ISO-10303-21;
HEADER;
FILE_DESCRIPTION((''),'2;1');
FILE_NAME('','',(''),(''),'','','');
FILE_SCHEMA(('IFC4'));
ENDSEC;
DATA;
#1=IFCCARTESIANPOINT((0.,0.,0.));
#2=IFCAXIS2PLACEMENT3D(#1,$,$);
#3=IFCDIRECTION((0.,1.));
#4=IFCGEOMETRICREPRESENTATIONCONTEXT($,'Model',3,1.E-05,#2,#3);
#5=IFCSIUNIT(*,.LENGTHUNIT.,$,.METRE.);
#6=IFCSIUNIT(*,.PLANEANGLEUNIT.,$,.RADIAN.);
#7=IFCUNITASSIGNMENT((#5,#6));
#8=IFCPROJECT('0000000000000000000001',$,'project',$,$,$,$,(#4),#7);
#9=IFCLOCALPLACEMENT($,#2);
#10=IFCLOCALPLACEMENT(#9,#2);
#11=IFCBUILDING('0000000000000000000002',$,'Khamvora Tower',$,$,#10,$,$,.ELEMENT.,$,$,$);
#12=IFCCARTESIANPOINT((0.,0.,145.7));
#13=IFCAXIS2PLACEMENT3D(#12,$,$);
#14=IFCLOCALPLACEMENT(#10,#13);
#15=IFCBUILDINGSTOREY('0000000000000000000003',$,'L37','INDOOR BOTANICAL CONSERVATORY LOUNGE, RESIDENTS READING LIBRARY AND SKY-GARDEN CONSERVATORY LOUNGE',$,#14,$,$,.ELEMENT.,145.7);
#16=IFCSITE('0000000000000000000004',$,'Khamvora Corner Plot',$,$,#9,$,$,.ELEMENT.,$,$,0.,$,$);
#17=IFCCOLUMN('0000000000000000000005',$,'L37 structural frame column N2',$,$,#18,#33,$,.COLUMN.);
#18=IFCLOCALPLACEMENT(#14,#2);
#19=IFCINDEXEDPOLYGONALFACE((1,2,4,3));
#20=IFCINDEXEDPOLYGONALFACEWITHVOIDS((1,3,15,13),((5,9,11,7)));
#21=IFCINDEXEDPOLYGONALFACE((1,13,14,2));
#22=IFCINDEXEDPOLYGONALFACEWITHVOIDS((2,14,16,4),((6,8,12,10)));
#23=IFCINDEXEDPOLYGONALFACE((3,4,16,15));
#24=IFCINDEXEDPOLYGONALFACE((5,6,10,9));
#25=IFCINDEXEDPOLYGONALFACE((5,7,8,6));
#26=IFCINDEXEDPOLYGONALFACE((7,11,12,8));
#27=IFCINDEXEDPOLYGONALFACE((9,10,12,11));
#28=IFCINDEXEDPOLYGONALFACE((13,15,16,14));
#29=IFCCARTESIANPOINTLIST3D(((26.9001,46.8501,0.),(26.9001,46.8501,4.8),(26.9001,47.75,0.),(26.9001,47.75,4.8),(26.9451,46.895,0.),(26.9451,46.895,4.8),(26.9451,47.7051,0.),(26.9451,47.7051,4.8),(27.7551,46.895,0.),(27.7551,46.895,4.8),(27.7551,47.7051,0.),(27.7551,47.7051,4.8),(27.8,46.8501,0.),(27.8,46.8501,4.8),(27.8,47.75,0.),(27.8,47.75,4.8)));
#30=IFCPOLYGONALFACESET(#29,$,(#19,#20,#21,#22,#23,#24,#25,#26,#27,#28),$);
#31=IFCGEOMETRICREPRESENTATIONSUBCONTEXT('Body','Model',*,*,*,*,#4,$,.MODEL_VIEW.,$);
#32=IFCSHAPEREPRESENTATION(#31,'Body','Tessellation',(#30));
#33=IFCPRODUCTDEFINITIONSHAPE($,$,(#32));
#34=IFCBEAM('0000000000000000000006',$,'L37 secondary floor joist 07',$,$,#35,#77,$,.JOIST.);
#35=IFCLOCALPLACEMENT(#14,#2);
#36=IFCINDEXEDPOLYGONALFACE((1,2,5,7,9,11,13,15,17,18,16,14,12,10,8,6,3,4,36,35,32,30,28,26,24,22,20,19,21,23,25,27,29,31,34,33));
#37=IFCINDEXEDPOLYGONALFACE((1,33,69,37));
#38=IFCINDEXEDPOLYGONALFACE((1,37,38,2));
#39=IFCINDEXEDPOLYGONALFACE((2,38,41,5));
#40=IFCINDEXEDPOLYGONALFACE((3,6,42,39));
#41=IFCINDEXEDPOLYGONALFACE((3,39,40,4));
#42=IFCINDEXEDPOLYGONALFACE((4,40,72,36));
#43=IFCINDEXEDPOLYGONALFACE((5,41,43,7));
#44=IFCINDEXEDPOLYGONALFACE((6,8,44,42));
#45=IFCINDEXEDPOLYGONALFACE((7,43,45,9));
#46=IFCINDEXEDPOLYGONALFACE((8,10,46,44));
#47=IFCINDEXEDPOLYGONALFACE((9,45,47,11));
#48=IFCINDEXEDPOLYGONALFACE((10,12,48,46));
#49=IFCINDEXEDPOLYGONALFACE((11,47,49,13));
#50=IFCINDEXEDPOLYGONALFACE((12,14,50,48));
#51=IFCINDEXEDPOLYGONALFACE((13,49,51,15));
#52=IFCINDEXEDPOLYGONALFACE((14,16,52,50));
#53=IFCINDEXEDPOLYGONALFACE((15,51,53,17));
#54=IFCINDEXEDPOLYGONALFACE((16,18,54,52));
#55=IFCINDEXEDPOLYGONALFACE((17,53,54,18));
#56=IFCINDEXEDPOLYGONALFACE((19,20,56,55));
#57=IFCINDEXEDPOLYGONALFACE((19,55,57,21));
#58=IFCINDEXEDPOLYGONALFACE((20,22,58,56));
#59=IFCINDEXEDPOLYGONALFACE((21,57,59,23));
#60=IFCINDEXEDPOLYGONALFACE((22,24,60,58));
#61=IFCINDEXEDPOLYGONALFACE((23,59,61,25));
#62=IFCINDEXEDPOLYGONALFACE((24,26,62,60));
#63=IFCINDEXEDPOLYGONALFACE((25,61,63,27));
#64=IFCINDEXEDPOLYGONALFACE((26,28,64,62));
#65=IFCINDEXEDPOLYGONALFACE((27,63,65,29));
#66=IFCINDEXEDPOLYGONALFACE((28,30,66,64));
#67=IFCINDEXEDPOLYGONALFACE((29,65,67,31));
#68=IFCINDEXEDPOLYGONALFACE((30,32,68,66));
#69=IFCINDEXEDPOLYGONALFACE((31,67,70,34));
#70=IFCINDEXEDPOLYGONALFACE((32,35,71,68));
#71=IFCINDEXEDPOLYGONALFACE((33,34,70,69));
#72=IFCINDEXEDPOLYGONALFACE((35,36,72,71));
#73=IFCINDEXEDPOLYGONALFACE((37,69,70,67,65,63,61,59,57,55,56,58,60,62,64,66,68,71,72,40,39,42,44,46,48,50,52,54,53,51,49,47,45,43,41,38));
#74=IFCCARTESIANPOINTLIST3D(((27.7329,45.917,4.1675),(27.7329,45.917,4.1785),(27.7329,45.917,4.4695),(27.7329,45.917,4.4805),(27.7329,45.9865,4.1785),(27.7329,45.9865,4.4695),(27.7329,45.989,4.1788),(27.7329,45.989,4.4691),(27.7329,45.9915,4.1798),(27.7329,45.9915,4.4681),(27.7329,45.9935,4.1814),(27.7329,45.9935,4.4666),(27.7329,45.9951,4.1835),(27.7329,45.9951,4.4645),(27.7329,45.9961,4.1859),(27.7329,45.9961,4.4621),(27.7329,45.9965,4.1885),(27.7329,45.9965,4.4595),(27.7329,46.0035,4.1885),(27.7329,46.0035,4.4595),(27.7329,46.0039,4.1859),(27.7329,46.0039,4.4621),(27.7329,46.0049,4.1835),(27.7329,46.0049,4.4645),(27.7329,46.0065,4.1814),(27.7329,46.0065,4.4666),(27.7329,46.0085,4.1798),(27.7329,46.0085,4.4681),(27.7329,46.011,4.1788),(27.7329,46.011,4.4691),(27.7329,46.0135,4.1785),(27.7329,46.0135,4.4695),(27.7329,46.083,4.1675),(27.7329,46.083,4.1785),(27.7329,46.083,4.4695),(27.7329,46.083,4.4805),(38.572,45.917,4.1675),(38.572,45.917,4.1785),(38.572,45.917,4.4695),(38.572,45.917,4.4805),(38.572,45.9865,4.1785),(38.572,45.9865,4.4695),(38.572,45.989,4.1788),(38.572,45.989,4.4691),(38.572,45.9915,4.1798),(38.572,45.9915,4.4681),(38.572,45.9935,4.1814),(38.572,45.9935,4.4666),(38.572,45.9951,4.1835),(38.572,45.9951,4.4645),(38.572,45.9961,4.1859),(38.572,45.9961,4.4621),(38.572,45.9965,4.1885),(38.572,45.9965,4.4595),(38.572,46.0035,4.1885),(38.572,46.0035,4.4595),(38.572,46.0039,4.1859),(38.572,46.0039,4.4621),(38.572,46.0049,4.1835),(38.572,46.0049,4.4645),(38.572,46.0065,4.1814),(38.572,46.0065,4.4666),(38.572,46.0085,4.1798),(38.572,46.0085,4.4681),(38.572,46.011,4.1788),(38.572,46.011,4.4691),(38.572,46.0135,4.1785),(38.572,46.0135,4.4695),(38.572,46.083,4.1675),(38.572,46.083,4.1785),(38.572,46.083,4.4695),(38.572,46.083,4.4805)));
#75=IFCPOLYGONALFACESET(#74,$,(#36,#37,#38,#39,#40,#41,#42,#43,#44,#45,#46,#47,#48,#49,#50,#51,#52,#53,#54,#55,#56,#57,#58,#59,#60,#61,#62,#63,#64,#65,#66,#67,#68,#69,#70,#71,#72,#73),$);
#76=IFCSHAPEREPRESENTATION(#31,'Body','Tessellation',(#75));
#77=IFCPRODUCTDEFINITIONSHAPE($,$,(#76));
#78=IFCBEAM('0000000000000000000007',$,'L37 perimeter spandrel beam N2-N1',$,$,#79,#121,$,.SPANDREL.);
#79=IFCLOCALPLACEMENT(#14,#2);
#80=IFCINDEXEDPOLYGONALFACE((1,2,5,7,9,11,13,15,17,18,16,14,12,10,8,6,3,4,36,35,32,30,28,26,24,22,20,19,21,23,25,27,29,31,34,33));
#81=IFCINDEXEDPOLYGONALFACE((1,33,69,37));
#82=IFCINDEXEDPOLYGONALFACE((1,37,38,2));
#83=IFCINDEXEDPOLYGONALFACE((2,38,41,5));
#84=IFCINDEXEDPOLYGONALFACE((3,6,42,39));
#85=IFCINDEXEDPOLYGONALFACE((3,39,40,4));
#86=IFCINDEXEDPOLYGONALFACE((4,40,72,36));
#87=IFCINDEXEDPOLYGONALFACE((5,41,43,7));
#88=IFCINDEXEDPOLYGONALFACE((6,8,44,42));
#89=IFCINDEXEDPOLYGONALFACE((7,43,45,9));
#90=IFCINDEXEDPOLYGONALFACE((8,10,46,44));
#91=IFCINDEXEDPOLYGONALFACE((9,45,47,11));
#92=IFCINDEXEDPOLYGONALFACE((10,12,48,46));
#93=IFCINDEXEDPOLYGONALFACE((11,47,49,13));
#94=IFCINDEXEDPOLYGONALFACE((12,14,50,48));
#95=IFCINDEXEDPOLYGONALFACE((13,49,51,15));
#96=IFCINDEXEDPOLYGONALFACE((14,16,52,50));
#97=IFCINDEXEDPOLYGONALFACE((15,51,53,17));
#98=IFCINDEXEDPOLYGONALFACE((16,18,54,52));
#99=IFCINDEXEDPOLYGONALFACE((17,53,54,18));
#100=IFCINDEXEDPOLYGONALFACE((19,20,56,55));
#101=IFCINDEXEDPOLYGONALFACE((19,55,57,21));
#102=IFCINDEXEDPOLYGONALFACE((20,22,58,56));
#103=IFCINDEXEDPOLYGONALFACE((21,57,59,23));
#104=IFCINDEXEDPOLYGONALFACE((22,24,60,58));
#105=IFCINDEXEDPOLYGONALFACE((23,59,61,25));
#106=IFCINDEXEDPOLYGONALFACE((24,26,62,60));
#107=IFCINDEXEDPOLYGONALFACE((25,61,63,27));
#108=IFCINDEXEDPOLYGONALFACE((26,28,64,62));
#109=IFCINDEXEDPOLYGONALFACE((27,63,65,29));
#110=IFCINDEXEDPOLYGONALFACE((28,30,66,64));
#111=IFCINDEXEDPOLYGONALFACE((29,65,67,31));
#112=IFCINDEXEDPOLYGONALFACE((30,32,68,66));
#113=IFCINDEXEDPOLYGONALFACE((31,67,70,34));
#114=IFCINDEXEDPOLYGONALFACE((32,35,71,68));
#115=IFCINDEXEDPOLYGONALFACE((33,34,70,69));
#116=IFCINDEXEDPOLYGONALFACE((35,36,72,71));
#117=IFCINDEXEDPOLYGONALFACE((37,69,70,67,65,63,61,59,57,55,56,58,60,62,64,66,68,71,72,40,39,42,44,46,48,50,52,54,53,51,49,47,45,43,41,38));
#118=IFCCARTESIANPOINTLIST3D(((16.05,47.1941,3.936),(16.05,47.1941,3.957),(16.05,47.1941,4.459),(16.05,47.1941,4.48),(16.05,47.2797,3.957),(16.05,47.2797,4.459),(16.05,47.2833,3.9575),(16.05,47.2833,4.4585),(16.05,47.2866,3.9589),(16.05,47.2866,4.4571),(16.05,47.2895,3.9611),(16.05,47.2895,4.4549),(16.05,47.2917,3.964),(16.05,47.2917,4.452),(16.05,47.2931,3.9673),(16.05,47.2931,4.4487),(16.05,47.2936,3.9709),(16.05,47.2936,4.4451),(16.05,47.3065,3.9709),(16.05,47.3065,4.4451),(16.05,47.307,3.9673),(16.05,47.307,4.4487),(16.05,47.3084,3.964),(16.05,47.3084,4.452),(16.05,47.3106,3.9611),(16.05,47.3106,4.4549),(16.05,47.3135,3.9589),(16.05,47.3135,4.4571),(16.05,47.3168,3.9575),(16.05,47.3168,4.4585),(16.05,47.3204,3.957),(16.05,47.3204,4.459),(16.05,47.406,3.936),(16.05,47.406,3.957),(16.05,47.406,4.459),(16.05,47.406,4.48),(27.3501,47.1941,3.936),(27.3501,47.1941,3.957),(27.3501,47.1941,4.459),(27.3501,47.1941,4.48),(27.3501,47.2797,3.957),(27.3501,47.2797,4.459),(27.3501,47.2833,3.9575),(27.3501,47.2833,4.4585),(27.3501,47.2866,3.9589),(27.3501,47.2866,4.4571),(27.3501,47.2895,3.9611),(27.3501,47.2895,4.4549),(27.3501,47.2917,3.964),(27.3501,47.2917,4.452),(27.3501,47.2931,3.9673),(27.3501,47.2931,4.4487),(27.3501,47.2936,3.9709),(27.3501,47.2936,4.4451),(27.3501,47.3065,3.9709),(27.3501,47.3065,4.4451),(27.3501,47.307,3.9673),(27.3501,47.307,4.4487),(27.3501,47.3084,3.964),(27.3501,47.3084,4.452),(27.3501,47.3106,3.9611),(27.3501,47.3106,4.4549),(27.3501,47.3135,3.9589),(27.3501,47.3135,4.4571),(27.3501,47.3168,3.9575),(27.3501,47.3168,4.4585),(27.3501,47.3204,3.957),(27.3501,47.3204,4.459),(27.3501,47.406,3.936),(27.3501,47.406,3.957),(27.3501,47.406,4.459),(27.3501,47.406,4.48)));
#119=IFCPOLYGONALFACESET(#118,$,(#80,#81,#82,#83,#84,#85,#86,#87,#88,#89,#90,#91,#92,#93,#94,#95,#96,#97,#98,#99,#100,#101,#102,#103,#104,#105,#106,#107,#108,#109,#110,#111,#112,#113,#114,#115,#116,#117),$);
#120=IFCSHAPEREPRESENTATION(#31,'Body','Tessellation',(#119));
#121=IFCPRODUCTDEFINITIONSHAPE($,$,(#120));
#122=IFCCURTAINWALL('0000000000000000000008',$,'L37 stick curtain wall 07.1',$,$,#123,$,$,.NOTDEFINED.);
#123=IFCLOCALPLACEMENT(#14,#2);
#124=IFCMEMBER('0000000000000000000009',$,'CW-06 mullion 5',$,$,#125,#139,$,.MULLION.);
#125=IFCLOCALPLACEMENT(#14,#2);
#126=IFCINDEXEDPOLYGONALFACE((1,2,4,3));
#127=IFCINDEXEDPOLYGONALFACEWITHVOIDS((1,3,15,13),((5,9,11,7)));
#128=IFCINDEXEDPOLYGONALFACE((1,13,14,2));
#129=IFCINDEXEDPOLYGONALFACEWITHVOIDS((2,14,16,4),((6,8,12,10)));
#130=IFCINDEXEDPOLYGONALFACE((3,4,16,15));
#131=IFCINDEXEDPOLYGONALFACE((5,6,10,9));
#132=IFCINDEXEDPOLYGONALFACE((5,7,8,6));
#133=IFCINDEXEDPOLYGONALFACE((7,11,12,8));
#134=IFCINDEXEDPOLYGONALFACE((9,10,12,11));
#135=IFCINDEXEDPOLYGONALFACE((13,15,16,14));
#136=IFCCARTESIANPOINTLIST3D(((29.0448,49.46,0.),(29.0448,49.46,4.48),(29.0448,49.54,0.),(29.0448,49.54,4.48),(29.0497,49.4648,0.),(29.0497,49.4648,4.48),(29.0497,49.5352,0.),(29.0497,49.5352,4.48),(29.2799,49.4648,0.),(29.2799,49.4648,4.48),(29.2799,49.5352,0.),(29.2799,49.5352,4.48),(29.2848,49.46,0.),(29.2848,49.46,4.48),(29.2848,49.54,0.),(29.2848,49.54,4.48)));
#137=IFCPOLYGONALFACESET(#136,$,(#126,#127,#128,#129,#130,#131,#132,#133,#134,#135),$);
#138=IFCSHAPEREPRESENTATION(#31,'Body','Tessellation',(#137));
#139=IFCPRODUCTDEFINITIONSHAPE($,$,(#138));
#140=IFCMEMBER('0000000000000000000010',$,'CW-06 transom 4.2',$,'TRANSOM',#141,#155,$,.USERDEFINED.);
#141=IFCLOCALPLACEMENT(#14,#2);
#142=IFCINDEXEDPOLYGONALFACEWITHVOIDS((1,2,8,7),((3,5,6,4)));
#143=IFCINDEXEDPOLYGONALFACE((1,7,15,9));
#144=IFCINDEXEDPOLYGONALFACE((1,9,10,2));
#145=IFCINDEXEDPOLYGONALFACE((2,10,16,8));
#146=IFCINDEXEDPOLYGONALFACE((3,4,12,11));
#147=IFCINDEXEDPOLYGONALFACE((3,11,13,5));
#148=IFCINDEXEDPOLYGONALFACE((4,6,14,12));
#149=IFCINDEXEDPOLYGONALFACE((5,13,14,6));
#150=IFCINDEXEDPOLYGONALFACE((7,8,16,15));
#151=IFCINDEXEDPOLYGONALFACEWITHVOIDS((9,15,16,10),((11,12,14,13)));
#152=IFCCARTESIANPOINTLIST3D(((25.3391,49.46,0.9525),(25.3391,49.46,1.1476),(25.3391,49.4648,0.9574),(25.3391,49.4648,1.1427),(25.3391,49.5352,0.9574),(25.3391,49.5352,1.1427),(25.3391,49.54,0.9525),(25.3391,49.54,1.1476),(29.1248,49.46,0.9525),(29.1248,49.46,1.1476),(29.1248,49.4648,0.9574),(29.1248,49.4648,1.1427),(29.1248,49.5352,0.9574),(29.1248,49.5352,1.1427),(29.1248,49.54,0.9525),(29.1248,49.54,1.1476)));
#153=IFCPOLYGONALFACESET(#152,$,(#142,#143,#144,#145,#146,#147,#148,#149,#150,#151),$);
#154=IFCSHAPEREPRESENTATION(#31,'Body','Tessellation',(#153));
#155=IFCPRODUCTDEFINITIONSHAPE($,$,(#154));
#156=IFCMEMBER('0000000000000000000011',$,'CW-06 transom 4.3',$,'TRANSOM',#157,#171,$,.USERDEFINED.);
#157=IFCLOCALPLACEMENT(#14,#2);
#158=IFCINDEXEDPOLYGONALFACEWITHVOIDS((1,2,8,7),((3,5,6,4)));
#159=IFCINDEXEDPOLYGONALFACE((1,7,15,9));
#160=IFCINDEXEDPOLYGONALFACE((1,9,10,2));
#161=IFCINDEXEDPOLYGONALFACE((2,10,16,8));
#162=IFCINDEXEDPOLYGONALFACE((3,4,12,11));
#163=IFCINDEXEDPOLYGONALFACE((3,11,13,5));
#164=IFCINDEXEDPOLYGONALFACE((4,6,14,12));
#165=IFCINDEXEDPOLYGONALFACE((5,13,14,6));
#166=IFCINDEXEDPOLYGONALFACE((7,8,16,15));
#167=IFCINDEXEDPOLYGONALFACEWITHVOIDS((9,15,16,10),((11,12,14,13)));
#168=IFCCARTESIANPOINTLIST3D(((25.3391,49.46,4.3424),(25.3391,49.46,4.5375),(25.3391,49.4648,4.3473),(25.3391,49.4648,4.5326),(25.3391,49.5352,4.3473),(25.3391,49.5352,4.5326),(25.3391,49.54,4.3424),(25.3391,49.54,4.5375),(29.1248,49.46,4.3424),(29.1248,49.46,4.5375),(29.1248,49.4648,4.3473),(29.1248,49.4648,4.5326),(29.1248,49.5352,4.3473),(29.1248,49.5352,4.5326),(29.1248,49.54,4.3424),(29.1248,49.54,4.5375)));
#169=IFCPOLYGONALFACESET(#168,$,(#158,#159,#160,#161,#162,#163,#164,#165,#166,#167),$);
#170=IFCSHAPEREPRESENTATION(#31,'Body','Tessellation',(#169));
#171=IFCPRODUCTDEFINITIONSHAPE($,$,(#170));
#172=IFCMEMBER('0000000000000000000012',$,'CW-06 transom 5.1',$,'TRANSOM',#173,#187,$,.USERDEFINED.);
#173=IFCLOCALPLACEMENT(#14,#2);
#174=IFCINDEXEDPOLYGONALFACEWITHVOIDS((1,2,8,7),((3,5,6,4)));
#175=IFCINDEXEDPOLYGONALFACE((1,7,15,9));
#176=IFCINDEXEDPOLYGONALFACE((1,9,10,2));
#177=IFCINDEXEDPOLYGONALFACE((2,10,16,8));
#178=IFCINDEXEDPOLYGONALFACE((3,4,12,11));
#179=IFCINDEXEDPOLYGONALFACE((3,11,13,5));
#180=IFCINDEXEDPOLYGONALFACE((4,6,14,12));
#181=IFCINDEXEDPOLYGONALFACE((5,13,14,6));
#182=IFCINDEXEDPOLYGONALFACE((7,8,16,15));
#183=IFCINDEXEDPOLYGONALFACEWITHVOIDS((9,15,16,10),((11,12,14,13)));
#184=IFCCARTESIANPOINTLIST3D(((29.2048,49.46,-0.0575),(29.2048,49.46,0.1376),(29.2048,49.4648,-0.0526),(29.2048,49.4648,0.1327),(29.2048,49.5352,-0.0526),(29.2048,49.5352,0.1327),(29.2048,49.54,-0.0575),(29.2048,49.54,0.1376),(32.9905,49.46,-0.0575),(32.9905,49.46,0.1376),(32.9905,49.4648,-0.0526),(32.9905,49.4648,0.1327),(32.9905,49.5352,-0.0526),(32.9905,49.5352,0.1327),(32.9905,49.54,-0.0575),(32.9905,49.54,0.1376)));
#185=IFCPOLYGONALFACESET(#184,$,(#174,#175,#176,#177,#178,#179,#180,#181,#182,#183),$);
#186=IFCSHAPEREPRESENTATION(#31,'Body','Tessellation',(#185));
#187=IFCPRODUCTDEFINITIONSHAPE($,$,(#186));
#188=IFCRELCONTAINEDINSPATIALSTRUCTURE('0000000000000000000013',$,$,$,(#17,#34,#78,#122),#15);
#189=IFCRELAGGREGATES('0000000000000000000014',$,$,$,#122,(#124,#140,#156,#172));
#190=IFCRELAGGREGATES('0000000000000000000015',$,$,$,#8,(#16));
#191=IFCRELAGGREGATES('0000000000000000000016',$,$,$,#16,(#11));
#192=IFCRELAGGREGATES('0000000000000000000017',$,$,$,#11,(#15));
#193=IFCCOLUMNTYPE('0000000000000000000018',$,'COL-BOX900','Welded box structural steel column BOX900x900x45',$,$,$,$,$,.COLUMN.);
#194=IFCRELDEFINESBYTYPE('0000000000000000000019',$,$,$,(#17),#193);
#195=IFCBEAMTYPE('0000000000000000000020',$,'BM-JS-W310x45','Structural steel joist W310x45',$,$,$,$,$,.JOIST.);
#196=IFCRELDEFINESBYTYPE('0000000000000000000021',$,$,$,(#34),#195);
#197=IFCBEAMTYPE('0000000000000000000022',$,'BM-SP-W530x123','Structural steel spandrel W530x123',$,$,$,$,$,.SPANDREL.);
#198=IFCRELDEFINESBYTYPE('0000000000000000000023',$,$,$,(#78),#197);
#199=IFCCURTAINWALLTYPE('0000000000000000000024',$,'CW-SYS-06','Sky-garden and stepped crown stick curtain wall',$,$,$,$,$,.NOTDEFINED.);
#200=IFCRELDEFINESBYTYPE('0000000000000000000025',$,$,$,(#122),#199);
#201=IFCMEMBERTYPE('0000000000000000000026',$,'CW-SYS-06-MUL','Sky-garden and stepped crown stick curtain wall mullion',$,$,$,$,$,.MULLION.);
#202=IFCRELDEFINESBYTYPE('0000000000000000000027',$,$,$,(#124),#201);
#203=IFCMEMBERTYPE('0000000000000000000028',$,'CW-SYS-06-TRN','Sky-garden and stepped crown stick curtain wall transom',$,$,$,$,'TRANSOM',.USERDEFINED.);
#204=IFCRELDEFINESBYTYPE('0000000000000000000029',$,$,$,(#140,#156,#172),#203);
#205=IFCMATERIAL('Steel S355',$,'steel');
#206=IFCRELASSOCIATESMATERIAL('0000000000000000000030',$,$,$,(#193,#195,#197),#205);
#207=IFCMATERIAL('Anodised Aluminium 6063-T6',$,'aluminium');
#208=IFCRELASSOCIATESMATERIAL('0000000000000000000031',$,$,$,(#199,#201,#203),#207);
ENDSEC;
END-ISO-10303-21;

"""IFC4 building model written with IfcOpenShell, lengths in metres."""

from ifc_helpers import new_model, si_unit, direction, frame, origin, origin_2d, place, context, subcontext, project, spatial, hollow_rectangle, i_section, extrude, material, material_profile, profile_set, type_object, element, aggregate, save


model = new_model("IFC4")

# Units and contexts
model_context = context("Model", 3, precision=1e-05, world=origin(), true_north=direction((0.0, 1.0)))
body_context = subcontext(model_context, "Body", "Model", "MODEL_VIEW")
ifc_project = project(units=[si_unit("LENGTHUNIT", "METRE"), si_unit("PLANEANGLEUNIT", "RADIAN")], contexts=[model_context])

# Site, building, storey
site_placement = place(None, origin())
site = spatial("IfcSite", under=ifc_project, at=site_placement, Name="Khamvora Corner Plot", CompositionType="ELEMENT", RefElevation=0.0)
building_placement = place(site_placement, origin())
building = spatial("IfcBuilding", under=site, at=building_placement, Name="Khamvora Tower", CompositionType="ELEMENT")
storey_placement = place(building_placement, frame((0.0, 0.0, 145.7)))
storey = spatial("IfcBuildingStorey", under=building, at=storey_placement, Name="L37", Description="INDOOR BOTANICAL CONSERVATORY LOUNGE, RESIDENTS READING LIBRARY AND SKY-GARDEN CONSERVATORY LOUNGE", CompositionType="ELEMENT", Elevation=145.7)

# Column
ifc_material_1 = material(Name="Steel S355", Category="steel")
ifc_material_profile_1 = material_profile(ifc_material_1, hollow_rectangle(XDim=0.8999, YDim=0.8999, WallThickness=0.0449, at=origin_2d()), Name="BOX900x900x45")
ifc_profile_set_1 = profile_set([ifc_material_profile_1], Name="Steel S355")
column_type = type_object("IfcColumnType", Name="COL-BOX900", Description="Welded box structural steel column BOX900x900x45", PredefinedType="COLUMN", material=ifc_profile_set_1)
column_placement = place(storey_placement, frame((27.3501, 47.3, 0.0), z_axis=(0.0, 0.0, 1.0), x_axis=(1.0, 0.0, 0.0)))
element("IfcColumn", 1, at=column_placement, inside=storey, type_object=column_type, Name="L37 structural frame column N2", PredefinedType="COLUMN", context=body_context, shape_type="SweptSolid", body=[
    extrude(hollow_rectangle(XDim=0.8999, YDim=0.8999, WallThickness=0.0449, at=origin_2d()), origin(), (0.0, 0.0, 1.0), 4.8),
])

# Beams
ifc_material_profile_2 = material_profile(ifc_material_1, i_section(OverallWidth=0.166, OverallDepth=0.313, WebThickness=0.0071, FlangeThickness=0.011, FilletRadius=0.01, at=origin_2d()), Name="W310x45")
ifc_profile_set_2 = profile_set([ifc_material_profile_2], Name="Steel S355")
beam_type_1 = type_object("IfcBeamType", Name="BM-JS-W310x45", Description="Structural steel joist W310x45", PredefinedType="JOIST", material=ifc_profile_set_2)
beam_1_placement = place(storey_placement, frame((27.7329, 46.0, 4.324), z_axis=(1.0, 0.0, 0.0), x_axis=(0.0, 1.0, 0.0)))
element("IfcBeam", 2, at=beam_1_placement, inside=storey, type_object=beam_type_1, Name="L37 secondary floor joist 07", PredefinedType="JOIST", context=body_context, shape_type="SweptSolid", body=[
    extrude(i_section(OverallWidth=0.166, OverallDepth=0.313, WebThickness=0.0071, FlangeThickness=0.011, FilletRadius=0.01, at=origin_2d()), origin(), (0.0, 0.0, 1.0), 10.8391),
])
ifc_material_profile_3 = material_profile(ifc_material_1, i_section(OverallWidth=0.2119, OverallDepth=0.5439, WebThickness=0.0129, FlangeThickness=0.021, FilletRadius=0.0139, at=origin_2d()), Name="W530x123")
ifc_profile_set_3 = profile_set([ifc_material_profile_3], Name="Steel S355")
beam_type_2 = type_object("IfcBeamType", Name="BM-SP-W530x123", Description="Structural steel spandrel W530x123", PredefinedType="SPANDREL", material=ifc_profile_set_3)
beam_2_placement = place(storey_placement, frame((27.3501, 47.3, 4.208), z_axis=(-1.0, 0.0, 0.0), x_axis=(0.0, -1.0, 0.0)))
element("IfcBeam", 3, at=beam_2_placement, inside=storey, type_object=beam_type_2, Name="L37 perimeter spandrel beam N2-N1", PredefinedType="SPANDREL", context=body_context, shape_type="SweptSolid", body=[
    extrude(i_section(OverallWidth=0.2119, OverallDepth=0.5439, WebThickness=0.0129, FlangeThickness=0.021, FilletRadius=0.0139, at=origin_2d()), origin(), (0.0, 0.0, 1.0), 11.3),
])

# Curtain wall, members
ifc_material_2 = material(Name="Anodised Aluminium 6063-T6", Category="aluminium")
curtain_wall_type = type_object("IfcCurtainWallType", Name="CW-SYS-06", Description="Sky-garden and stepped crown stick curtain wall", PredefinedType="NOTDEFINED", material=ifc_material_2)
curtain_wall_placement = place(storey_placement, origin())
curtain_wall = element("IfcCurtainWall", 4, at=curtain_wall_placement, inside=storey, type_object=curtain_wall_type, Name="L37 stick curtain wall 07.1", PredefinedType="NOTDEFINED")
ifc_material_profile_4 = material_profile(ifc_material_2, hollow_rectangle(XDim=0.0801, YDim=0.24, WallThickness=0.0049, at=origin_2d()), Name="MUL80x240x5")
ifc_profile_set_4 = profile_set([ifc_material_profile_4], Name="Anodised Aluminium 6063-T6")
member_type_1 = type_object("IfcMemberType", Name="CW-SYS-06-MUL", Description="Sky-garden and stepped crown stick curtain wall mullion", PredefinedType="MULLION", material=ifc_profile_set_4)
member_1_placement = place(storey_placement, frame((29.1648, 49.5, 0.0), z_axis=(0.0, 0.0, 1.0), x_axis=(0.0, 1.0, 0.0)))
member_1 = element("IfcMember", 5, at=member_1_placement, type_object=member_type_1, Name="CW-06 mullion 5", PredefinedType="MULLION", context=body_context, shape_type="SweptSolid", body=[
    extrude(hollow_rectangle(XDim=0.0801, YDim=0.24, WallThickness=0.0049, at=origin_2d()), origin(), (0.0, 0.0, 1.0), 4.48),
])
ifc_material_profile_5 = material_profile(ifc_material_2, hollow_rectangle(XDim=0.0801, YDim=0.1951, WallThickness=0.0049, at=origin_2d()), Name="TRN80x195x5")
ifc_profile_set_5 = profile_set([ifc_material_profile_5], Name="Anodised Aluminium 6063-T6")
member_type_2 = type_object("IfcMemberType", Name="CW-SYS-06-TRN", Description="Sky-garden and stepped crown stick curtain wall transom", ElementType="TRANSOM", PredefinedType="USERDEFINED", material=ifc_profile_set_5)
member_2_placement = place(storey_placement, frame((25.3391, 49.5, 1.05), z_axis=(1.0, 0.0, 0.0), x_axis=(0.0, 1.0, 0.0)))
member_2 = element("IfcMember", 6, at=member_2_placement, type_object=member_type_2, Name="CW-06 transom 4.2", ObjectType="TRANSOM", PredefinedType="USERDEFINED", context=body_context, shape_type="SweptSolid", body=[
    extrude(hollow_rectangle(XDim=0.0801, YDim=0.1951, WallThickness=0.0049, at=origin_2d()), origin(), (0.0, 0.0, 1.0), 3.7856),
])
member_3_placement = place(storey_placement, frame((25.3391, 49.5, 4.4399), z_axis=(1.0, 0.0, 0.0), x_axis=(0.0, 1.0, 0.0)))
member_3 = element("IfcMember", 7, at=member_3_placement, type_object=member_type_2, Name="CW-06 transom 4.3", ObjectType="TRANSOM", PredefinedType="USERDEFINED", context=body_context, shape_type="SweptSolid", body=[
    extrude(hollow_rectangle(XDim=0.0801, YDim=0.1951, WallThickness=0.0049, at=origin_2d()), origin(), (0.0, 0.0, 1.0), 3.7856),
])
member_4_placement = place(storey_placement, frame((29.2048, 49.5, 0.04), z_axis=(1.0, 0.0, 0.0), x_axis=(0.0, 1.0, 0.0)))
member_4 = element("IfcMember", 8, at=member_4_placement, type_object=member_type_2, Name="CW-06 transom 5.1", ObjectType="TRANSOM", PredefinedType="USERDEFINED", context=body_context, shape_type="SweptSolid", body=[
    extrude(hollow_rectangle(XDim=0.0801, YDim=0.1951, WallThickness=0.0049, at=origin_2d()), origin(), (0.0, 0.0, 1.0), 3.7856),
])
aggregate(curtain_wall, [member_1, member_2, member_3, member_4])

save(model, "model.ifc")
